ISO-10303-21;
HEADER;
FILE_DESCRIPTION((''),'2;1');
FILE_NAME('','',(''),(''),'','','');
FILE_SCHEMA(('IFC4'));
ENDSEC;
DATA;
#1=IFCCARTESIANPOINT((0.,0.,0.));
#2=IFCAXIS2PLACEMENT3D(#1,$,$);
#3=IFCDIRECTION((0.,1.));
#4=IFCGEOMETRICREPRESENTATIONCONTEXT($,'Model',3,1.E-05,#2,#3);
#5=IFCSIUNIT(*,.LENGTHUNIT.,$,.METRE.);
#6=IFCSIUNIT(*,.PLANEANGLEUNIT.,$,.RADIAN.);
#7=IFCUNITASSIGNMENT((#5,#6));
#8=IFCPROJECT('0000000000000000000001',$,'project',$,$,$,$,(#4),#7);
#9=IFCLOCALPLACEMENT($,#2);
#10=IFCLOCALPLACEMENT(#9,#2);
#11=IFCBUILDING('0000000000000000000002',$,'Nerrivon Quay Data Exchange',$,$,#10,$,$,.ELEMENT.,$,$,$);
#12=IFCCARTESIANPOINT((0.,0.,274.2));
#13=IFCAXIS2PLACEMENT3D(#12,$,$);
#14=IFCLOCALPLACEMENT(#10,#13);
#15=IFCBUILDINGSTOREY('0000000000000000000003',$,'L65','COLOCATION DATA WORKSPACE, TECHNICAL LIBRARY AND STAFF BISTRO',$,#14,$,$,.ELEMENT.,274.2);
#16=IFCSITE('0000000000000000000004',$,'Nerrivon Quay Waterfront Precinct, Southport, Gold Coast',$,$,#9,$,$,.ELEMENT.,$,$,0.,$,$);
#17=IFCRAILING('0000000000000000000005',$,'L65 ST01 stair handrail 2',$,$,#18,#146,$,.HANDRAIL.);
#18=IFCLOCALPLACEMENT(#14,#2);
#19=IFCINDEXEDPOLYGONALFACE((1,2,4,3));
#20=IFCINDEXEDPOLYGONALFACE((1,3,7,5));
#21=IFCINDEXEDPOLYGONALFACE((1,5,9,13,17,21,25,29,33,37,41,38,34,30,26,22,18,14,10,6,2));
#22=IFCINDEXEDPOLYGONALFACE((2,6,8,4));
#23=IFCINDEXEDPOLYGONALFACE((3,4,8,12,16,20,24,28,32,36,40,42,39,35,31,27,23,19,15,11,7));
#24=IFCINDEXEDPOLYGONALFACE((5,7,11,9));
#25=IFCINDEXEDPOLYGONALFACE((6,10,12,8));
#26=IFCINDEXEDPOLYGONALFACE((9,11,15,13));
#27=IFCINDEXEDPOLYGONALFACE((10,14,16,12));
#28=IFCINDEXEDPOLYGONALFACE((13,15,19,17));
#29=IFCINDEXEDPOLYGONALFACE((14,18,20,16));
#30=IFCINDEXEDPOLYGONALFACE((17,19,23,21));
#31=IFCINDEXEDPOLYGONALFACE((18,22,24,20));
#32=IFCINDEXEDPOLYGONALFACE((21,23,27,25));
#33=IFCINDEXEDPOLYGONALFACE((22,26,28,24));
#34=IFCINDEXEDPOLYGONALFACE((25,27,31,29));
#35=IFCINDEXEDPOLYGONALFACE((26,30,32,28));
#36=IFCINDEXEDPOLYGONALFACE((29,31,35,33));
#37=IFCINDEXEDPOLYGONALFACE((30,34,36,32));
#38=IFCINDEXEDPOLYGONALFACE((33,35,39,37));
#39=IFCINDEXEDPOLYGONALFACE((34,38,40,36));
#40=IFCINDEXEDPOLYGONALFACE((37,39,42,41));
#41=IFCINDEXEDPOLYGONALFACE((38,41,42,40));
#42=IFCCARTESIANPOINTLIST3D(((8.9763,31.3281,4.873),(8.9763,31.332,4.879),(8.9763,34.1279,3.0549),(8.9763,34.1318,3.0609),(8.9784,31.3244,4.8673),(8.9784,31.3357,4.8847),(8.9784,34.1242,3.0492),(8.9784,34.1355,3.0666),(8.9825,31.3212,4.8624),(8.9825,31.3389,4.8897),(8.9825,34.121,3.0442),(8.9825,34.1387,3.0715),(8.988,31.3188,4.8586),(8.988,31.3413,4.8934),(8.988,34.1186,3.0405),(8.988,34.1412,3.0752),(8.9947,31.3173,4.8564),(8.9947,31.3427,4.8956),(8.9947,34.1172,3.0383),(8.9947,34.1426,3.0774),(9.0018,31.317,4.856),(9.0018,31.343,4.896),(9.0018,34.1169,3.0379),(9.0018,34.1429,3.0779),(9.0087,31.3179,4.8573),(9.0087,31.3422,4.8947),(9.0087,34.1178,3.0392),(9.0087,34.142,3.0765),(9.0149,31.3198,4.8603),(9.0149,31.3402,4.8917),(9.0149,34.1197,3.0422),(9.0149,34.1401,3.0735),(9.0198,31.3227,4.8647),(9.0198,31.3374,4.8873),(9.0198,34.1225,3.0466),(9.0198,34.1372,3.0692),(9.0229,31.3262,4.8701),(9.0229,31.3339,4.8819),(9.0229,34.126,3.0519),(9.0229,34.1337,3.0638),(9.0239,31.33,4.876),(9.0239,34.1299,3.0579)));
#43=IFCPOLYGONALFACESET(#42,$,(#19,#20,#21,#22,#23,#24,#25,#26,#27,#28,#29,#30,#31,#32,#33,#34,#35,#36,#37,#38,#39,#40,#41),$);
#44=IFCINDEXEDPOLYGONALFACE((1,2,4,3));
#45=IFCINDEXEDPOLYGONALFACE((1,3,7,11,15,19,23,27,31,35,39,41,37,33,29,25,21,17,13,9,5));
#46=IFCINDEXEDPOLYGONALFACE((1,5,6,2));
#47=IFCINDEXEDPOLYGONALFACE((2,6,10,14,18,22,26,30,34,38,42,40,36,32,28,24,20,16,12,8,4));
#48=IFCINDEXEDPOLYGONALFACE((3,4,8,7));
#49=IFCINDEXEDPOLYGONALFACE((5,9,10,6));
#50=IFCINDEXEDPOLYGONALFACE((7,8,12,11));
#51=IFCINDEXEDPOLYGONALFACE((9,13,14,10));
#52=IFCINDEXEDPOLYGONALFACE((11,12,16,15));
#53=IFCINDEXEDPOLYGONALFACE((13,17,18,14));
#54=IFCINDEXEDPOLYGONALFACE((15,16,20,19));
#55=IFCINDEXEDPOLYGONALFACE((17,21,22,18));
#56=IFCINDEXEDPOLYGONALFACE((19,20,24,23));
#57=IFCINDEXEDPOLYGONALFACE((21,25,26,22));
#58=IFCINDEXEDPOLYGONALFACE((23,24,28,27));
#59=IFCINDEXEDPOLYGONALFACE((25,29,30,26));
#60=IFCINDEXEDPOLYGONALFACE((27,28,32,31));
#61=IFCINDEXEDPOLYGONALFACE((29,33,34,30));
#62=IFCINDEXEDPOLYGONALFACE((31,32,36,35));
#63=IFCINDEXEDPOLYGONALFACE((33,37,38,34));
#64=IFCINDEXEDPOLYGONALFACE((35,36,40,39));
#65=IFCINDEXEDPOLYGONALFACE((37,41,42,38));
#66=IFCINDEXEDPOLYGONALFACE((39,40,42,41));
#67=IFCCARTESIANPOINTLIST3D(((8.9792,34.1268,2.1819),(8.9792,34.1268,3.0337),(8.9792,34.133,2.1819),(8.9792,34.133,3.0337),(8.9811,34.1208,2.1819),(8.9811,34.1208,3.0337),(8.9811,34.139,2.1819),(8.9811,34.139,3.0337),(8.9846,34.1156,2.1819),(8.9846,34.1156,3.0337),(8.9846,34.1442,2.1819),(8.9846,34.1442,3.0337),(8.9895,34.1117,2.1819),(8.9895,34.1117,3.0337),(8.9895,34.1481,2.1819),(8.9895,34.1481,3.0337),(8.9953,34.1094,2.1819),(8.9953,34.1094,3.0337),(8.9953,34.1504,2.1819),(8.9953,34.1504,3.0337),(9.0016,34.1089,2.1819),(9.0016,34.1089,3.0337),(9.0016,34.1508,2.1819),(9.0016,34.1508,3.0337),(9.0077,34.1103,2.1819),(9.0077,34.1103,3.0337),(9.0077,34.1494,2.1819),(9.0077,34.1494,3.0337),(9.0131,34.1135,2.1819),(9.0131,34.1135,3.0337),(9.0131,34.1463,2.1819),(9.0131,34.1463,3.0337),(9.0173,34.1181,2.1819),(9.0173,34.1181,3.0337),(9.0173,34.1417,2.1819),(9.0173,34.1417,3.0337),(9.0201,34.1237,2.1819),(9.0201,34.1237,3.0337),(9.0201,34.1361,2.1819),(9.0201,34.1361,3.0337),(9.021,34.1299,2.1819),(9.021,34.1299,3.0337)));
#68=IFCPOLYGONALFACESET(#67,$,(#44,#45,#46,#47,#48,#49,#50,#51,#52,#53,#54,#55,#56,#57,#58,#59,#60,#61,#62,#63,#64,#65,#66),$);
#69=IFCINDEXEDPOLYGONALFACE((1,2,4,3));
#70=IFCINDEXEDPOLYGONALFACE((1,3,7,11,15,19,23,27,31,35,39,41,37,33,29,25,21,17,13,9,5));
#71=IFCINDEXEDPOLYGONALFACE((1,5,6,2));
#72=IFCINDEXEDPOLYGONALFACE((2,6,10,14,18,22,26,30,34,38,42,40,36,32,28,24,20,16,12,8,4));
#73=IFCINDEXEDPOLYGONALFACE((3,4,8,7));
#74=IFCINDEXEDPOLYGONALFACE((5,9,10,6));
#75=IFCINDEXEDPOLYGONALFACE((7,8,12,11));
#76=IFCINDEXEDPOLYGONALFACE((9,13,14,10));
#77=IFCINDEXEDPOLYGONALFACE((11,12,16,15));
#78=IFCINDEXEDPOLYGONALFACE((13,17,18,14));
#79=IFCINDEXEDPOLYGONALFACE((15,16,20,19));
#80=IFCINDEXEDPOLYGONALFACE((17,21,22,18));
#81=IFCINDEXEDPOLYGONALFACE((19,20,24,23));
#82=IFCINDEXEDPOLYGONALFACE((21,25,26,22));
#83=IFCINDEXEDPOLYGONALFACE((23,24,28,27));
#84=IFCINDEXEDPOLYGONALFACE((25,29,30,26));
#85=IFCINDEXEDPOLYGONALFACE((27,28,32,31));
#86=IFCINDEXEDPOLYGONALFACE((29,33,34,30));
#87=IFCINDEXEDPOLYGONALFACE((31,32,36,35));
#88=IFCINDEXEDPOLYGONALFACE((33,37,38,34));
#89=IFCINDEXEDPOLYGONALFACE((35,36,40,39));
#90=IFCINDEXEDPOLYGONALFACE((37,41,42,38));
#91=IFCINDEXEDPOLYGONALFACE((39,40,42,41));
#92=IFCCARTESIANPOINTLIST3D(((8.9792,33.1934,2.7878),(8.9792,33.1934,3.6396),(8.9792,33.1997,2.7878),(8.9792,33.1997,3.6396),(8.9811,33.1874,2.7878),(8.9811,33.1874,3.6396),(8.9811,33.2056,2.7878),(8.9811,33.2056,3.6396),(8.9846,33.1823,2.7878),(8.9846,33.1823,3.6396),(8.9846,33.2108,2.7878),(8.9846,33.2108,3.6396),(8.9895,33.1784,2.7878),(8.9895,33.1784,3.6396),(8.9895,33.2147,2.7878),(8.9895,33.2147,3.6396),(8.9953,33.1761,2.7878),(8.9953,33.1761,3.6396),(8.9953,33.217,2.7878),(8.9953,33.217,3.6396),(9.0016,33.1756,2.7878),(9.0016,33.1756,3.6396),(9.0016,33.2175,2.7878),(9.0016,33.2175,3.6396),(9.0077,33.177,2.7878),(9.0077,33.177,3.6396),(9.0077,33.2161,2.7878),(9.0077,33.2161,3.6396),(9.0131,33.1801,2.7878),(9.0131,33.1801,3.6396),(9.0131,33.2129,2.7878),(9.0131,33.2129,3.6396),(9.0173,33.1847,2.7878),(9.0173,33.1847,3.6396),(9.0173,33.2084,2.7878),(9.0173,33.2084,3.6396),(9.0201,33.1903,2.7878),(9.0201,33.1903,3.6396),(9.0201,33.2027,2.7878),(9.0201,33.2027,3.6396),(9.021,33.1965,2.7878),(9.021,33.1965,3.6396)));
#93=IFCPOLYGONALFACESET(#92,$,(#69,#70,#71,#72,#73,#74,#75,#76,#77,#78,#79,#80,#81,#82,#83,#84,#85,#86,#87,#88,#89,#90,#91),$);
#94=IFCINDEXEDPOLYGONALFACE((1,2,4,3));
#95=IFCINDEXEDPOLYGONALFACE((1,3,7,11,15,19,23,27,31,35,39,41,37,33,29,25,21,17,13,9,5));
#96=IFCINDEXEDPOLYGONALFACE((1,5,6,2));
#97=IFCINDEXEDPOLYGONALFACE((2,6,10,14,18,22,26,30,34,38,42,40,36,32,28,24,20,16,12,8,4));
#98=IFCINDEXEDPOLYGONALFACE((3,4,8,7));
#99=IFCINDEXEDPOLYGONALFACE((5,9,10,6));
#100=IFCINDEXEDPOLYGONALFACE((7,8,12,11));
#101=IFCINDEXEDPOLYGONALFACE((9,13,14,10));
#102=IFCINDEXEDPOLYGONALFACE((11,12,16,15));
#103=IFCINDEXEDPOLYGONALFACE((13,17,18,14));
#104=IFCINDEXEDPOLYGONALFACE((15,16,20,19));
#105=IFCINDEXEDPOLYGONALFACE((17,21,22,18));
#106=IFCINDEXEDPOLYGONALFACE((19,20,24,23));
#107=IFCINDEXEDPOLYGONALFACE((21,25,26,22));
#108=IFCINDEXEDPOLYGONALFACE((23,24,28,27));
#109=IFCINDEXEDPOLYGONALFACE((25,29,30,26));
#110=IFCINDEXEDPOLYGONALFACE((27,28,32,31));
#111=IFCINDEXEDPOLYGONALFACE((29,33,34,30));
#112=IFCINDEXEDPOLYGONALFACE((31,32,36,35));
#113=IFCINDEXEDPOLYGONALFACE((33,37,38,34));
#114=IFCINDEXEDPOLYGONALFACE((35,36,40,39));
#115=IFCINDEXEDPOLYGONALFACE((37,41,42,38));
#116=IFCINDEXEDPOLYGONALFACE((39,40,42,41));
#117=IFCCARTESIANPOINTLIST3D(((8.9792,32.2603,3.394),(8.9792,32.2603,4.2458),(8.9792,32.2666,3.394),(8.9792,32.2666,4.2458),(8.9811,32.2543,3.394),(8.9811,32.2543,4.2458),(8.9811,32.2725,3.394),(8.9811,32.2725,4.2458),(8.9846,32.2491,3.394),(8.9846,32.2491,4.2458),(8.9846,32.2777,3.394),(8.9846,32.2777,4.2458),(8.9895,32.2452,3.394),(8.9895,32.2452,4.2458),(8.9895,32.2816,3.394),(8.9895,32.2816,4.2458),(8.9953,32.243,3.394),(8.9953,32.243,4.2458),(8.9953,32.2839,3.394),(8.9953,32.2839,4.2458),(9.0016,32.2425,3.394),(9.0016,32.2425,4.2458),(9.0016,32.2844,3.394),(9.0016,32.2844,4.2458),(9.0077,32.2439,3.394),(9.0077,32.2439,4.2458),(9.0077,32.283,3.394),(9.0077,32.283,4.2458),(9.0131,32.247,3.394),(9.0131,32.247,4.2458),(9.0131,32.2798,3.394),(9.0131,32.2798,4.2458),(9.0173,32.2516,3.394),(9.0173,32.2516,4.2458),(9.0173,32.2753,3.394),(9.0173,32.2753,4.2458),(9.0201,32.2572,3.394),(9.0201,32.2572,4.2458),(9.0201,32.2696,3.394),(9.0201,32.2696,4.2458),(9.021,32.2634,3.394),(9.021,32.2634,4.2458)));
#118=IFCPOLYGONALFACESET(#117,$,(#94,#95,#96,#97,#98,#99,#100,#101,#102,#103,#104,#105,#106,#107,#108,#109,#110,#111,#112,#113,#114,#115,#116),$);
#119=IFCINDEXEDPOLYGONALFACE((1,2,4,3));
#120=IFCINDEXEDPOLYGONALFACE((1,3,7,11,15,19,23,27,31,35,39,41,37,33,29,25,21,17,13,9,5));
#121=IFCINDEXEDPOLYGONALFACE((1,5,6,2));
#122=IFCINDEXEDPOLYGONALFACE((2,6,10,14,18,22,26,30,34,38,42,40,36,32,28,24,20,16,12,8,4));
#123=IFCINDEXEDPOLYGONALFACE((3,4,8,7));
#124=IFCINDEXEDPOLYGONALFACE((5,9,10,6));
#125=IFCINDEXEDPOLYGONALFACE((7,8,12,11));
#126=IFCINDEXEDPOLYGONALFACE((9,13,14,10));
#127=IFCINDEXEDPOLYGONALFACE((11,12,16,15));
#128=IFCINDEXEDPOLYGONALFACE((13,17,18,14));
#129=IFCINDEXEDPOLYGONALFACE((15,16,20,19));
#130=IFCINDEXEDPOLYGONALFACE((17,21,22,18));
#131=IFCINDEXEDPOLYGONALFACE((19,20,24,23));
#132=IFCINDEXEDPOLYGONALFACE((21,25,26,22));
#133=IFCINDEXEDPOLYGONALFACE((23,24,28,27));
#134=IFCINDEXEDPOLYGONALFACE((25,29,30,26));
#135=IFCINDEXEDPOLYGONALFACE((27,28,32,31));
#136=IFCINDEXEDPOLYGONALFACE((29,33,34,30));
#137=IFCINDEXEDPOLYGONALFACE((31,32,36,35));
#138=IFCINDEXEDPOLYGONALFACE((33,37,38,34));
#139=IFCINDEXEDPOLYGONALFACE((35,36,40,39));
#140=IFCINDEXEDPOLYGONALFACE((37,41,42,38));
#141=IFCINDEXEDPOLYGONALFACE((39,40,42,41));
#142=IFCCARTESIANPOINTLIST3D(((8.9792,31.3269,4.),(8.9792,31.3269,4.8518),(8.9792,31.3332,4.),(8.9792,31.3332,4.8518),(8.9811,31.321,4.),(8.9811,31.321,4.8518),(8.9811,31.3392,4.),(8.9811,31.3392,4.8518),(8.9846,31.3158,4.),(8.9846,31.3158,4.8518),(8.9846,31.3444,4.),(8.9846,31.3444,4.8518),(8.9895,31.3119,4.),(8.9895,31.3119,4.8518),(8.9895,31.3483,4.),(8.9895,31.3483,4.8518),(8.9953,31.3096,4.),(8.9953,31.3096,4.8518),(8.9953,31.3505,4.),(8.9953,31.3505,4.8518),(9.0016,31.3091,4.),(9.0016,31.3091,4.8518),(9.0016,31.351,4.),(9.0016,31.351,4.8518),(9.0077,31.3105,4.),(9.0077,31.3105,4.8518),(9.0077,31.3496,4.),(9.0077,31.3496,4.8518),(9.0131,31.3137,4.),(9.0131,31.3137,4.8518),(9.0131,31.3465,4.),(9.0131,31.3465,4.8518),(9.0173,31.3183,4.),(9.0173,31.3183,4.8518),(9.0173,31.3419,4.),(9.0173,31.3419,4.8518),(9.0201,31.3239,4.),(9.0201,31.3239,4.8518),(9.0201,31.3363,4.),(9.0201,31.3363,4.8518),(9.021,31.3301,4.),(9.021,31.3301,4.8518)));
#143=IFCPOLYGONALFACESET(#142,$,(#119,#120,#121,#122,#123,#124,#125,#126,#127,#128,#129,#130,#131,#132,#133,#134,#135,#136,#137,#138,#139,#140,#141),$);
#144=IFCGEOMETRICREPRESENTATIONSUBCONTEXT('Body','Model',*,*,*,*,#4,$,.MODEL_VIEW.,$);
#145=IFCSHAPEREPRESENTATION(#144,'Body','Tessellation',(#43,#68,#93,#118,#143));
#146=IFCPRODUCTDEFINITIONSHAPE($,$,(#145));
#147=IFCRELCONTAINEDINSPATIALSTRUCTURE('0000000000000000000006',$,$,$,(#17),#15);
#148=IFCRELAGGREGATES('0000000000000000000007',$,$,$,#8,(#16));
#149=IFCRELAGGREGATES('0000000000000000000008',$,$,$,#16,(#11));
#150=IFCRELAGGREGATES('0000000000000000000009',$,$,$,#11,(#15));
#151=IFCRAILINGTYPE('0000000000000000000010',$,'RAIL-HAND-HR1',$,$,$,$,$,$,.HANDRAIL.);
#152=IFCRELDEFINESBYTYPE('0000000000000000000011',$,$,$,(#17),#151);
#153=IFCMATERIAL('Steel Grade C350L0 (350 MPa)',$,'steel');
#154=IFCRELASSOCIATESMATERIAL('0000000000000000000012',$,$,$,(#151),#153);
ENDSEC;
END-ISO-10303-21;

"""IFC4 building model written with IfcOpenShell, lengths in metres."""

from ifc_helpers import new_model, si_unit, direction, frame, origin, origin_2d, place, context, subcontext, project, spatial, circle, extrude, material, type_object, element, save


model = new_model("IFC4")

# Units and contexts
model_context = context("Model", 3, precision=1e-05, world=origin(), true_north=direction((0.0, 1.0)))
body_context = subcontext(model_context, "Body", "Model", "MODEL_VIEW")
ifc_project = project(units=[si_unit("LENGTHUNIT", "METRE"), si_unit("PLANEANGLEUNIT", "RADIAN")], contexts=[model_context])

# Site, building, storey
site_placement = place(None, origin())
site = spatial("IfcSite", under=ifc_project, at=site_placement, Name="Nerrivon Quay Waterfront Precinct, Southport, Gold Coast", CompositionType="ELEMENT", RefElevation=0.0)
building_placement = place(site_placement, origin())
building = spatial("IfcBuilding", under=site, at=building_placement, Name="Nerrivon Quay Data Exchange", CompositionType="ELEMENT")
storey_placement = place(building_placement, frame((0.0, 0.0, 274.2)))
storey = spatial("IfcBuildingStorey", under=building, at=storey_placement, Name="L65", Description="COLOCATION DATA WORKSPACE, TECHNICAL LIBRARY AND STAFF BISTRO", CompositionType="ELEMENT", Elevation=274.2)

# Shared definitions
ifc_material_1 = material(Name="Steel Grade C350L0 (350 MPa)", Category="steel")

# Railing
railing_type_1 = type_object("IfcRailingType", Name="RAIL-HAND-HR1", PredefinedType="HANDRAIL", material=ifc_material_1)
railing_1_placement = place(storey_placement, frame((9.0, 34.1299, 2.1819)))
element("IfcRailing", 1, at=railing_1_placement, inside=storey, type_object=railing_type_1, Name="L65 ST01 stair handrail 2", PredefinedType="HANDRAIL", context=body_context, shape_type="SweptSolid", body=[
    extrude(circle(Radius=0.0239, at=origin_2d()), frame((0.0, 0.0, 0.876), z_axis=(0.0, -0.838684, 0.544618), x_axis=(1.0, 0.0, 0.0)), (0.0, 0.0, 1.0), 3.3384),
    extrude(circle(Radius=0.021, at=origin_2d()), origin(), (0.0, 0.0, 1.0), 0.8518),
    extrude(circle(Radius=0.021, at=origin_2d()), frame((0.0, -0.9333, 0.606)), (0.0, 0.0, 1.0), 0.8518),
    extrude(circle(Radius=0.021, at=origin_2d()), frame((0.0, -1.8665, 1.2122)), (0.0, 0.0, 1.0), 0.8518),
    extrude(circle(Radius=0.021, at=origin_2d()), frame((0.0, -2.7998, 1.8181)), (0.0, 0.0, 1.0), 0.8518),
])

save(model, "model.ifc")
